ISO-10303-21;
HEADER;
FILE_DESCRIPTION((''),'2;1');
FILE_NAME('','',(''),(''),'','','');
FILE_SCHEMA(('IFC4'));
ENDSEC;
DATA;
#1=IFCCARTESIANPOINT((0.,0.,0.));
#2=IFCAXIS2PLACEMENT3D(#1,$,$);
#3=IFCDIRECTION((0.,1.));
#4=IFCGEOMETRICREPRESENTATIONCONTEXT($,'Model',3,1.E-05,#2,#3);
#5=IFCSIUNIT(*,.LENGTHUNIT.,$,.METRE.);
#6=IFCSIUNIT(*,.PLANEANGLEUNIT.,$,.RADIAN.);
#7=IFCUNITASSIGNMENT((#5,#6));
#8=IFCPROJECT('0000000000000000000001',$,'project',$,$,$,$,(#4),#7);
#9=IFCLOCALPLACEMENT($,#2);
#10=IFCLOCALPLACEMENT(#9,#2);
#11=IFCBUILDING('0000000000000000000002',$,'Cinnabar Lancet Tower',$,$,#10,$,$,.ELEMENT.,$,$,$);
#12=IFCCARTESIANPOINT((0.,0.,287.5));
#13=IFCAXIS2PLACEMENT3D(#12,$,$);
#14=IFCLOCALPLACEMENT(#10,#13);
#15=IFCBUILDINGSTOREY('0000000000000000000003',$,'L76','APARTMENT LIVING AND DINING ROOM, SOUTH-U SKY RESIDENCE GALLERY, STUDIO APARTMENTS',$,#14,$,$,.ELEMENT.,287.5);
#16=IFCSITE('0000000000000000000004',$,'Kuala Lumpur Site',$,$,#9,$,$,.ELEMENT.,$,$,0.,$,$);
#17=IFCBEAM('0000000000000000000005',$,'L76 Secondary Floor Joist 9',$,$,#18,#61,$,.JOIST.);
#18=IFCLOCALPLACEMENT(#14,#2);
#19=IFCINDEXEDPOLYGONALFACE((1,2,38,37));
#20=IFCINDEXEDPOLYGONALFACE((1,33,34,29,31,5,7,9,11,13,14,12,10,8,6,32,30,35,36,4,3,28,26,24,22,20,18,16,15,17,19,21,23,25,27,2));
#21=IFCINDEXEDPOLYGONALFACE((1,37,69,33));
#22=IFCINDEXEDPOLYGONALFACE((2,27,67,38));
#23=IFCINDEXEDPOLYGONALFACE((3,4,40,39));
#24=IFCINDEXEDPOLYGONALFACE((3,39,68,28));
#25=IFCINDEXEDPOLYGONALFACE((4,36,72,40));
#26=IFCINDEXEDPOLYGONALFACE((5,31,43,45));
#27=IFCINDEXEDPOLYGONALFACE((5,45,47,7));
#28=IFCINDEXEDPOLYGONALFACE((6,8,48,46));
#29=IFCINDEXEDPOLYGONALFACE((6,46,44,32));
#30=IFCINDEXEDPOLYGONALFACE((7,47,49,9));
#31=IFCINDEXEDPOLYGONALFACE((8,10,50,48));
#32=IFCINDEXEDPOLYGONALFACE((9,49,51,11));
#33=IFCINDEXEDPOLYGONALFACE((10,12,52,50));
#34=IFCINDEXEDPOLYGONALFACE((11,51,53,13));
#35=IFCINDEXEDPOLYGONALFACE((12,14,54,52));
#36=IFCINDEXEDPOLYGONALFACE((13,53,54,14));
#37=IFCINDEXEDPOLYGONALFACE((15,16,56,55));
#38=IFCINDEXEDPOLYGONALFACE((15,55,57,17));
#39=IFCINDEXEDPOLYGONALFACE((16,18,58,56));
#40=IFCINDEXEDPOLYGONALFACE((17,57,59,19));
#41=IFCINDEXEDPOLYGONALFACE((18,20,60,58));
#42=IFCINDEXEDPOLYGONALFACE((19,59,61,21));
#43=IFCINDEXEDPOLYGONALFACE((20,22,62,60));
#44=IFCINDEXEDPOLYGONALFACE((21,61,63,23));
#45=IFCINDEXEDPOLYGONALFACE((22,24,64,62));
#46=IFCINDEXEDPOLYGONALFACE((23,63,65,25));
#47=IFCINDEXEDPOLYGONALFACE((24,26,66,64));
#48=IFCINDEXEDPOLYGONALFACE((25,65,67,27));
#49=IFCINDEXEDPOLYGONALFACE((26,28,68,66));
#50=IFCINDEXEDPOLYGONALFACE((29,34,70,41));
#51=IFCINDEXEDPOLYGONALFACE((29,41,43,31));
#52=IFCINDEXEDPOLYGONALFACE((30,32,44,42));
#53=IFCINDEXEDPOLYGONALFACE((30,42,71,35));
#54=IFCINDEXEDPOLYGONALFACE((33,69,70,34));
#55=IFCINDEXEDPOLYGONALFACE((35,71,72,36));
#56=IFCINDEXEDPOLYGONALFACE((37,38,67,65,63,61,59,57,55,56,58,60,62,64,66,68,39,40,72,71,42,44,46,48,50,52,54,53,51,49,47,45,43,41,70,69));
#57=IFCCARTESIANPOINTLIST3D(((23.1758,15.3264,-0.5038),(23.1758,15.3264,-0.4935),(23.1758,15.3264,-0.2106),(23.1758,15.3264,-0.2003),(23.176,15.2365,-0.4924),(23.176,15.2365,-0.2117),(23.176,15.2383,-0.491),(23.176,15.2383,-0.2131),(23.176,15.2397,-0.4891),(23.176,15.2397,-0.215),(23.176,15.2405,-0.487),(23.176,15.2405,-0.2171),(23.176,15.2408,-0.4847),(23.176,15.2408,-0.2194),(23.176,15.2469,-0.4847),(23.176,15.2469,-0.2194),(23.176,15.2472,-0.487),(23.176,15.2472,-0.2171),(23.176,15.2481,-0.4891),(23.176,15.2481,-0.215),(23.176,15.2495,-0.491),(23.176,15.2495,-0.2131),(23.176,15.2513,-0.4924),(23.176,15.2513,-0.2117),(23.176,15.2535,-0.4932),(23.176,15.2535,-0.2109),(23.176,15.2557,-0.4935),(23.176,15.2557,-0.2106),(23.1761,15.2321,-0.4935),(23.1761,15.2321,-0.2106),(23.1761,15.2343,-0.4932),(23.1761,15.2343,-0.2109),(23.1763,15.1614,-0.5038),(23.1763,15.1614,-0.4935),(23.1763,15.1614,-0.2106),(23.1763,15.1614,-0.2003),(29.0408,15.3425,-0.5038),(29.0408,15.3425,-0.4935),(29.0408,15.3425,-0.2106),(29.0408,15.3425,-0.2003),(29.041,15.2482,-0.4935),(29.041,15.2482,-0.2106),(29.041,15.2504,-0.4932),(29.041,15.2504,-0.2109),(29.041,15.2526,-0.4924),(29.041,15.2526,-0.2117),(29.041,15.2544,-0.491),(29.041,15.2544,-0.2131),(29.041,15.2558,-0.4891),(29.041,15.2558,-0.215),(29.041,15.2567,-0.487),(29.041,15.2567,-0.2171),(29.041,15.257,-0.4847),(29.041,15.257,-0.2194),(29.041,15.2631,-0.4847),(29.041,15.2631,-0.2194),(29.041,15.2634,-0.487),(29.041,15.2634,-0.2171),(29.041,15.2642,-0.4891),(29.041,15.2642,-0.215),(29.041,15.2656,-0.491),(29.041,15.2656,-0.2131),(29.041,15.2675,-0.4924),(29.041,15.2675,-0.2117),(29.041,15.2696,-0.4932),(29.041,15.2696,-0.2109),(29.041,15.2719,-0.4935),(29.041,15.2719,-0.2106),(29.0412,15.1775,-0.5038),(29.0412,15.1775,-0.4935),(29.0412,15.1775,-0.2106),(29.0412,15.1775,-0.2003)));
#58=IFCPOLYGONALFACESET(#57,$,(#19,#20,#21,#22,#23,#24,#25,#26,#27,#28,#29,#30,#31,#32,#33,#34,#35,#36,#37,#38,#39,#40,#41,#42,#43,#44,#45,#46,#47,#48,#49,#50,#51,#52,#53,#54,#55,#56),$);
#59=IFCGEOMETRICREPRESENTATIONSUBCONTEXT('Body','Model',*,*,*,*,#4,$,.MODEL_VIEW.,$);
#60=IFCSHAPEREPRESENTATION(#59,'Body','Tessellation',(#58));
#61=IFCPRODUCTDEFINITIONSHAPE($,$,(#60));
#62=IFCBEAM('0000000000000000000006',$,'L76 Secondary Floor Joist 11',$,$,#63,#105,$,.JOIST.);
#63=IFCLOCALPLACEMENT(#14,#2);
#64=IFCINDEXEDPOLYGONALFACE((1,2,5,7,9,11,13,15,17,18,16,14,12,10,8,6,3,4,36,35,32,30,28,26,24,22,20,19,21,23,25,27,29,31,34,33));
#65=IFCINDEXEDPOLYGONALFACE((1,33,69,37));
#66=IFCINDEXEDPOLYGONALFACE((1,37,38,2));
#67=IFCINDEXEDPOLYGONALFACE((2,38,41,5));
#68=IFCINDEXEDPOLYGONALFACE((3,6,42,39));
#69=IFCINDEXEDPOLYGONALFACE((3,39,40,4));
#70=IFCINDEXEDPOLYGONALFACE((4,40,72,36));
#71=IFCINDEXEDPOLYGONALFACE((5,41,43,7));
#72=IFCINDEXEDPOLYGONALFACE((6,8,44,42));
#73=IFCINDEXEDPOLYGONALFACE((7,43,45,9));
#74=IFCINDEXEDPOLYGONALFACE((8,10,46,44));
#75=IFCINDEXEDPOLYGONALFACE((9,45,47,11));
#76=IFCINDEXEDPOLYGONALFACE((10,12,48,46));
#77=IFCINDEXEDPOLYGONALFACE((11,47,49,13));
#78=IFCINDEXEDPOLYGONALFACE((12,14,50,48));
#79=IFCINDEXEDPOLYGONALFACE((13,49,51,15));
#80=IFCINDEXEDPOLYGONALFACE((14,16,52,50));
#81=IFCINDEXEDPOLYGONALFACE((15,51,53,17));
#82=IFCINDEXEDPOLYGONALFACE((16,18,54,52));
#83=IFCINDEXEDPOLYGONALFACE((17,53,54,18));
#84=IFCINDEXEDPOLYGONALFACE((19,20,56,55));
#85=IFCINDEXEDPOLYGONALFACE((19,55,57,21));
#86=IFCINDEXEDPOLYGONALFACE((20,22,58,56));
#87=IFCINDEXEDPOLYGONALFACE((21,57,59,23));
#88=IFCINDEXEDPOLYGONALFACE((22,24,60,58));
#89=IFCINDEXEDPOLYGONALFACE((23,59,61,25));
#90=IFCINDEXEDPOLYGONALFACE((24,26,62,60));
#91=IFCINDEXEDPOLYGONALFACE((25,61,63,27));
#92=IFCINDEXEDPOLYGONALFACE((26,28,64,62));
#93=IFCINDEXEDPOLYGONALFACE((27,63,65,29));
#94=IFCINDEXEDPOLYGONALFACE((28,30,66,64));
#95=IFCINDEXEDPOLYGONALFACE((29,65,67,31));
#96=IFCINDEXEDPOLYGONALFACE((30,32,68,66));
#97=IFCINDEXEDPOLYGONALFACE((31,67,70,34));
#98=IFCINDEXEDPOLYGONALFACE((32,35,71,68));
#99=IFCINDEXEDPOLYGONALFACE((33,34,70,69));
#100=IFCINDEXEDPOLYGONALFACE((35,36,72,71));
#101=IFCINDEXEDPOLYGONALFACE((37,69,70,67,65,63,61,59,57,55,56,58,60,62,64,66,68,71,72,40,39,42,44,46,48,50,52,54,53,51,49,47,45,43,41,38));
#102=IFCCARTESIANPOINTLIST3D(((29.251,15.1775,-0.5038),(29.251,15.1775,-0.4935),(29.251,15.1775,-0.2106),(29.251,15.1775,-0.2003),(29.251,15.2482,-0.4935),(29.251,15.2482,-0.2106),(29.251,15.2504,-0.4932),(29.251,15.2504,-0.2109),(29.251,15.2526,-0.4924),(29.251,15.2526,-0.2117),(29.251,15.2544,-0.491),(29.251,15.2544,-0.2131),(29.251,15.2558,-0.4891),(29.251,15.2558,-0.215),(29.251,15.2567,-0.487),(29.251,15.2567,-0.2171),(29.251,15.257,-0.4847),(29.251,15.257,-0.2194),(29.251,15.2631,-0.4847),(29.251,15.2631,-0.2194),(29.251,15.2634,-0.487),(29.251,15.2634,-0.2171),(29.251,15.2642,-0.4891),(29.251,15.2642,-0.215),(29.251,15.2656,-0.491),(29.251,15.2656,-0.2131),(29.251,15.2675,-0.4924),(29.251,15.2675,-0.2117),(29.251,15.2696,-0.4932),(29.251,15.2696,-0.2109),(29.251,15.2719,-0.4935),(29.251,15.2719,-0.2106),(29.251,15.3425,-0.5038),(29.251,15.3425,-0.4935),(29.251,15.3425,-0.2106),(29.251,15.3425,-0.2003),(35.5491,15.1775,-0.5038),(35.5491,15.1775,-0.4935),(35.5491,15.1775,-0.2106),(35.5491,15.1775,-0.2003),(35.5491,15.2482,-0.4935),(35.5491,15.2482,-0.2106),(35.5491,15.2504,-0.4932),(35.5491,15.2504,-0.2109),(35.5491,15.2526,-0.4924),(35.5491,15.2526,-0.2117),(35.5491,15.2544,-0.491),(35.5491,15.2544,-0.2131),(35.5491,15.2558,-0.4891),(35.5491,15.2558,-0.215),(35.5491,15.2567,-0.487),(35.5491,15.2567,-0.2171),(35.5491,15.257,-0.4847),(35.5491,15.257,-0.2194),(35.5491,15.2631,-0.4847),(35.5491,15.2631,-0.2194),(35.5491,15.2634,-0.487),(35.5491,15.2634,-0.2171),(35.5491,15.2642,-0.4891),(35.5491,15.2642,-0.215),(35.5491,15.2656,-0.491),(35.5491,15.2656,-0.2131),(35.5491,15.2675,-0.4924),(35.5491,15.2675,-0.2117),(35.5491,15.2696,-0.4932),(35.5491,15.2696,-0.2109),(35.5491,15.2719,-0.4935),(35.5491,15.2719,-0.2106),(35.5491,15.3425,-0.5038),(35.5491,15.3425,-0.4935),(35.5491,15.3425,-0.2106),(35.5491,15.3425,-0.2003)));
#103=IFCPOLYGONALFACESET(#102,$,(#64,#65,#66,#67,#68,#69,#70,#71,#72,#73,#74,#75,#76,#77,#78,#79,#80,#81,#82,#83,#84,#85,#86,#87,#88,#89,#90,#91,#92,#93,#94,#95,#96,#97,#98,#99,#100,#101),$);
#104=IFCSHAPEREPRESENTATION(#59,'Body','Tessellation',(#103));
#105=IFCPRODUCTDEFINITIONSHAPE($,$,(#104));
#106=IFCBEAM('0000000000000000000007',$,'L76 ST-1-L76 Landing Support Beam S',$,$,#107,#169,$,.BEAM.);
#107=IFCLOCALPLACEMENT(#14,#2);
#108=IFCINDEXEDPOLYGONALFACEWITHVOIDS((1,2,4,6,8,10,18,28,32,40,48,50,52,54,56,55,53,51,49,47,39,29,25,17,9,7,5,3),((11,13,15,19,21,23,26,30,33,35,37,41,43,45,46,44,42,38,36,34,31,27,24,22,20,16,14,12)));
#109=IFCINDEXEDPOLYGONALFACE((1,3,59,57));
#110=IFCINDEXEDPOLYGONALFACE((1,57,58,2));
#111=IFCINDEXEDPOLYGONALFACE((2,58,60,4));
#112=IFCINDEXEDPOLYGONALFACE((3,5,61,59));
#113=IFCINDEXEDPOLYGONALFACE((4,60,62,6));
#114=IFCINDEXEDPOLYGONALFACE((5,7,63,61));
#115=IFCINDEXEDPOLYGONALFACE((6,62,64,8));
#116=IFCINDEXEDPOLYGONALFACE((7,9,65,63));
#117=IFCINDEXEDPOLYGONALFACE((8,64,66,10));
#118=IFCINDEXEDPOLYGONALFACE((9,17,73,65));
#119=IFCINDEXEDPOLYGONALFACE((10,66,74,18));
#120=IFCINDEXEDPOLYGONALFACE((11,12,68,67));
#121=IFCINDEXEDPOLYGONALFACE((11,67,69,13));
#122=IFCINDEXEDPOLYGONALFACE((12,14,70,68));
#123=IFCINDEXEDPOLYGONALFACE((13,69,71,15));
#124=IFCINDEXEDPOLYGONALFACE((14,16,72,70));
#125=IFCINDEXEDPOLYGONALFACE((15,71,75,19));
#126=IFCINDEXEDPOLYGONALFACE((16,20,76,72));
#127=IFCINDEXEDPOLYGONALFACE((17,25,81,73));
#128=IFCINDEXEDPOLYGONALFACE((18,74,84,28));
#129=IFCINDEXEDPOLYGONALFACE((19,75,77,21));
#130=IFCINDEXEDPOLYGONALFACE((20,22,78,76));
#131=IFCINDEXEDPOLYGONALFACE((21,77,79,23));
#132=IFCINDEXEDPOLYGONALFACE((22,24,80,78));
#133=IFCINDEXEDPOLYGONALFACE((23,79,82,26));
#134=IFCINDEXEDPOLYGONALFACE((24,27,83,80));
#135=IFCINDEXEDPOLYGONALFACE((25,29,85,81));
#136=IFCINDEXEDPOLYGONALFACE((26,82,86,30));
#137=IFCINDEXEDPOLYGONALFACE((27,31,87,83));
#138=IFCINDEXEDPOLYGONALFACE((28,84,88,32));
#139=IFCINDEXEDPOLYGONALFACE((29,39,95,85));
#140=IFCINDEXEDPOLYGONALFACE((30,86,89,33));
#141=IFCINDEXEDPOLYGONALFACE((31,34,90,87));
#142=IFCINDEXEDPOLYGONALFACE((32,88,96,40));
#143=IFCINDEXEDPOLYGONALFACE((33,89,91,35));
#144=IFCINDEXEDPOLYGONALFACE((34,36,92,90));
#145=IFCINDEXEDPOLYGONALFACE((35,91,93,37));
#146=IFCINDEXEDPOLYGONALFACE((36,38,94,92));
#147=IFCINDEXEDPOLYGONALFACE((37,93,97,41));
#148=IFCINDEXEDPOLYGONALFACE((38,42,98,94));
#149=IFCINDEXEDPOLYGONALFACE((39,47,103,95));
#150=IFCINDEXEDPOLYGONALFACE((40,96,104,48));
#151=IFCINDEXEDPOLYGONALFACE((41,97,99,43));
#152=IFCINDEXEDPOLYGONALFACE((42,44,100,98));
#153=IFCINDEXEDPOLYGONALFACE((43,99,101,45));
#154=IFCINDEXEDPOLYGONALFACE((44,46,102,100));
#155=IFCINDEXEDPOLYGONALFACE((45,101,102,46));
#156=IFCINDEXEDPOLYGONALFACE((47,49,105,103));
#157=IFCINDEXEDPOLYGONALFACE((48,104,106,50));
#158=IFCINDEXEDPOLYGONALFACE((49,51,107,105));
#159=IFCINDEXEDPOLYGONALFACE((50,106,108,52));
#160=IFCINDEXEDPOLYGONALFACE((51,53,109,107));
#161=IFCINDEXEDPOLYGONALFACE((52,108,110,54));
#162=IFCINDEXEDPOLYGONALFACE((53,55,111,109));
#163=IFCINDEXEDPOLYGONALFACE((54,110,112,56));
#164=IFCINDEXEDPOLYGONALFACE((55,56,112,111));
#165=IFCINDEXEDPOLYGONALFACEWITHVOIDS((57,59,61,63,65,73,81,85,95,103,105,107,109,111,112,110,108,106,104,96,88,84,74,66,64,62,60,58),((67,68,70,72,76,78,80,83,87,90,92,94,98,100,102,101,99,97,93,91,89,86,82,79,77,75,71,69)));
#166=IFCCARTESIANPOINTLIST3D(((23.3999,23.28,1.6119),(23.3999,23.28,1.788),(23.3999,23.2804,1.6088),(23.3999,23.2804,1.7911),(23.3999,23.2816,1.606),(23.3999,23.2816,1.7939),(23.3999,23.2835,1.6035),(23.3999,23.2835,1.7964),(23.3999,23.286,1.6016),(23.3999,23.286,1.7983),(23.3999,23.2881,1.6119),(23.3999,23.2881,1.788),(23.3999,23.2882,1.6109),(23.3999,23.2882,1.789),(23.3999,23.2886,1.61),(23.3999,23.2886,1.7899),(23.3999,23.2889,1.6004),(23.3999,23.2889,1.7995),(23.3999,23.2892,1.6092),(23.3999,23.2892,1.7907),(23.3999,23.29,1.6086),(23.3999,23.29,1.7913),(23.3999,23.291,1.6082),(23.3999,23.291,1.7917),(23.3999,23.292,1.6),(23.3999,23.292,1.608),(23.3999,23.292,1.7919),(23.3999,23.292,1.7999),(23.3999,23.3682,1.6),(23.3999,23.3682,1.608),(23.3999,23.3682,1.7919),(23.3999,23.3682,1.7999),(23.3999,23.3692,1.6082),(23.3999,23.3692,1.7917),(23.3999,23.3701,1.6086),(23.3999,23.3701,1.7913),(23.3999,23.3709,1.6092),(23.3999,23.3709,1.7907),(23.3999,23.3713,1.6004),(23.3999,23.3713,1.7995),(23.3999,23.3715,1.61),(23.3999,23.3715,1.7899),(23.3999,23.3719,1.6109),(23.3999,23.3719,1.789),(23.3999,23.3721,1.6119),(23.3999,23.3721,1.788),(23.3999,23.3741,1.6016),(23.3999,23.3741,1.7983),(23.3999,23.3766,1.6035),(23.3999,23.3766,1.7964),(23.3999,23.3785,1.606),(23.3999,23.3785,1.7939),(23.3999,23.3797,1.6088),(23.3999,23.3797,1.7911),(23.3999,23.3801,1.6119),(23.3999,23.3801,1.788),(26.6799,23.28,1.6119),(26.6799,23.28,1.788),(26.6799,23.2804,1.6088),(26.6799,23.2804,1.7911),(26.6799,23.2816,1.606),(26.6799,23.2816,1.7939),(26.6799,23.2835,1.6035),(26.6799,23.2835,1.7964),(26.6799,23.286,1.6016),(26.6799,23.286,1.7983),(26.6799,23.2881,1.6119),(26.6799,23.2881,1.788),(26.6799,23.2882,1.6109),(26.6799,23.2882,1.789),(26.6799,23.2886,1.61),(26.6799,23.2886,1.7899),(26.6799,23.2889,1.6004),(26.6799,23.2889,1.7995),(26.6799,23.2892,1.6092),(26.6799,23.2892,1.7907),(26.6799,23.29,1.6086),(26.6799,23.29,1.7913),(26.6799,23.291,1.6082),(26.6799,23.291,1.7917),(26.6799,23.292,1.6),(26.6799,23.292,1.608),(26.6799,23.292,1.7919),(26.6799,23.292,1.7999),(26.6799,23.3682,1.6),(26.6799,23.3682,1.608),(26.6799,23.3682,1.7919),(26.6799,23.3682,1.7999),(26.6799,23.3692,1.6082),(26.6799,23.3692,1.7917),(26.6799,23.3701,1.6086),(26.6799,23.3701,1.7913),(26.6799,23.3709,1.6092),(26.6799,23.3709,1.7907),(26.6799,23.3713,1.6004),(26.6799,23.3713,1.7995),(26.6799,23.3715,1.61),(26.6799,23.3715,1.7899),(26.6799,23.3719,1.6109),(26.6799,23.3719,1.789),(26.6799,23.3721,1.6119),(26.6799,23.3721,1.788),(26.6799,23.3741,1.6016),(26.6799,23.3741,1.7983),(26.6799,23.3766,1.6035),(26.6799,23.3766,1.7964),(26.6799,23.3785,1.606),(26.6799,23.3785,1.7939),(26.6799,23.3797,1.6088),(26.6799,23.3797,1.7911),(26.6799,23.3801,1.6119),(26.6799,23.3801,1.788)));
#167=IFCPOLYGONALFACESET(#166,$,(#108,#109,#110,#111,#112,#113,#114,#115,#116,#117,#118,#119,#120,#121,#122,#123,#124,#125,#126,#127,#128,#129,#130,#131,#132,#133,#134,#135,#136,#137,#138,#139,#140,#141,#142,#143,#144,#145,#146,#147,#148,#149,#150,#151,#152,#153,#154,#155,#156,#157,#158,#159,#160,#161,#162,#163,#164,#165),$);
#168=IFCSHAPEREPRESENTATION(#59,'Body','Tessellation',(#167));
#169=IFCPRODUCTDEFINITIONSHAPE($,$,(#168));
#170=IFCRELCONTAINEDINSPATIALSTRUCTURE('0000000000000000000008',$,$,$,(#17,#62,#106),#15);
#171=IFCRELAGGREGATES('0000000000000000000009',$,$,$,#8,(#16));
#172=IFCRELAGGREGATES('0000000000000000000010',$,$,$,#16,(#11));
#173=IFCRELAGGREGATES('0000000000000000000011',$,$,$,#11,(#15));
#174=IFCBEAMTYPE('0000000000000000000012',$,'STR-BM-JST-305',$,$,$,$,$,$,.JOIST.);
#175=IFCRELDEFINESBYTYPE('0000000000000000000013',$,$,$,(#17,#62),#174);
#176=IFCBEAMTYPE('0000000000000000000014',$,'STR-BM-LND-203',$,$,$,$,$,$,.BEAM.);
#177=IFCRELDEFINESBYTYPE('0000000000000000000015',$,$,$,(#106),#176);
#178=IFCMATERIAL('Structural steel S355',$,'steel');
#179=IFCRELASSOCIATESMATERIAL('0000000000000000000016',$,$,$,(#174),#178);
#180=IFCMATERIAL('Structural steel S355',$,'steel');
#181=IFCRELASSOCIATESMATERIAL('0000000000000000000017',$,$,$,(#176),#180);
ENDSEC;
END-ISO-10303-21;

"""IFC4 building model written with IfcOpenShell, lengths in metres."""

from ifc_helpers import new_model, si_unit, direction, frame, origin, origin_2d, place, context, subcontext, project, spatial, hollow_rectangle, i_section, extrude, material, material_profile, profile_set, type_object, element, save


model = new_model("IFC4")

# Units and contexts
model_context = context("Model", 3, precision=1e-05, world=origin(), true_north=direction((0.0, 1.0)))
body_context = subcontext(model_context, "Body", "Model", "MODEL_VIEW")
ifc_project = project(units=[si_unit("LENGTHUNIT", "METRE"), si_unit("PLANEANGLEUNIT", "RADIAN")], contexts=[model_context])

# Site, building, storey
site_placement = place(None, origin())
site = spatial("IfcSite", under=ifc_project, at=site_placement, Name="Kuala Lumpur Site", CompositionType="ELEMENT", RefElevation=0.0)
building_placement = place(site_placement, origin())
building = spatial("IfcBuilding", under=site, at=building_placement, Name="Cinnabar Lancet Tower", CompositionType="ELEMENT")
storey_placement = place(building_placement, frame((0.0, 0.0, 287.5)))
storey = spatial("IfcBuildingStorey", under=building, at=storey_placement, Name="L76", Description="APARTMENT LIVING AND DINING ROOM, SOUTH-U SKY RESIDENCE GALLERY, STUDIO APARTMENTS", CompositionType="ELEMENT", Elevation=287.5)

# Beams
ifc_material_1 = material(Name="Structural steel S355", Category="steel")
ifc_material_profile_1 = material_profile(ifc_material_1, i_section(OverallWidth=0.165, OverallDepth=0.3035, WebThickness=0.0061, FlangeThickness=0.0103, FilletRadius=0.0088, at=origin_2d()), Name="UKB 305x165x40")
ifc_profile_set_1 = profile_set([ifc_material_profile_1], Name="Structural steel S355")
beam_type_1 = type_object("IfcBeamType", Name="STR-BM-JST-305", PredefinedType="JOIST", material=ifc_profile_set_1)
beam_1_placement = place(storey_placement, frame((23.176, 15.2439, -0.3521), z_axis=(0.999996, 0.002747, 0.0), x_axis=(-0.002747, 0.999996, 0.0)))
element("IfcBeam", 1, at=beam_1_placement, inside=storey, type_object=beam_type_1, Name="L76 Secondary Floor Joist 9", PredefinedType="JOIST", context=body_context, shape_type="SweptSolid", body=[
    extrude(i_section(OverallWidth=0.165, OverallDepth=0.3035, WebThickness=0.0061, FlangeThickness=0.0103, FilletRadius=0.0088, at=origin_2d()), origin(), (0.0, 0.0, 1.0), 5.865),
])
beam_2_placement = place(storey_placement, frame((29.251, 15.26, -0.3521), z_axis=(1.0, 0.0, 0.0), x_axis=(0.0, 1.0, 0.0)))
element("IfcBeam", 2, at=beam_2_placement, inside=storey, type_object=beam_type_1, Name="L76 Secondary Floor Joist 11", PredefinedType="JOIST", context=body_context, shape_type="SweptSolid", body=[
    extrude(i_section(OverallWidth=0.165, OverallDepth=0.3035, WebThickness=0.0061, FlangeThickness=0.0103, FilletRadius=0.0088, at=origin_2d()), origin(), (0.0, 0.0, 1.0), 6.2981),
])
ifc_material_2 = material(Name="Structural steel S355", Category="steel")
ifc_material_profile_2 = material_profile(ifc_material_2, hollow_rectangle(XDim=0.1001, YDim=0.2, WallThickness=0.0081, InnerFilletRadius=0.0039, OuterFilletRadius=0.012, at=origin_2d()), Name="RHS 200x100x8")
ifc_profile_set_2 = profile_set([ifc_material_profile_2], Name="Structural steel S355")
beam_type_2 = type_object("IfcBeamType", Name="STR-BM-LND-203", PredefinedType="BEAM", material=ifc_profile_set_2)
beam_3_placement = place(storey_placement, frame((23.3999, 23.3301, 1.7), z_axis=(1.0, 0.0, 0.0), x_axis=(0.0, 1.0, 0.0)))
element("IfcBeam", 3, at=beam_3_placement, inside=storey, type_object=beam_type_2, Name="L76 ST-1-L76 Landing Support Beam S", PredefinedType="BEAM", context=body_context, shape_type="SweptSolid", body=[
    extrude(hollow_rectangle(XDim=0.1001, YDim=0.2, WallThickness=0.0081, InnerFilletRadius=0.0039, OuterFilletRadius=0.012, at=origin_2d()), origin(), (0.0, 0.0, 1.0), 3.28),
])

save(model, "model.ifc")
